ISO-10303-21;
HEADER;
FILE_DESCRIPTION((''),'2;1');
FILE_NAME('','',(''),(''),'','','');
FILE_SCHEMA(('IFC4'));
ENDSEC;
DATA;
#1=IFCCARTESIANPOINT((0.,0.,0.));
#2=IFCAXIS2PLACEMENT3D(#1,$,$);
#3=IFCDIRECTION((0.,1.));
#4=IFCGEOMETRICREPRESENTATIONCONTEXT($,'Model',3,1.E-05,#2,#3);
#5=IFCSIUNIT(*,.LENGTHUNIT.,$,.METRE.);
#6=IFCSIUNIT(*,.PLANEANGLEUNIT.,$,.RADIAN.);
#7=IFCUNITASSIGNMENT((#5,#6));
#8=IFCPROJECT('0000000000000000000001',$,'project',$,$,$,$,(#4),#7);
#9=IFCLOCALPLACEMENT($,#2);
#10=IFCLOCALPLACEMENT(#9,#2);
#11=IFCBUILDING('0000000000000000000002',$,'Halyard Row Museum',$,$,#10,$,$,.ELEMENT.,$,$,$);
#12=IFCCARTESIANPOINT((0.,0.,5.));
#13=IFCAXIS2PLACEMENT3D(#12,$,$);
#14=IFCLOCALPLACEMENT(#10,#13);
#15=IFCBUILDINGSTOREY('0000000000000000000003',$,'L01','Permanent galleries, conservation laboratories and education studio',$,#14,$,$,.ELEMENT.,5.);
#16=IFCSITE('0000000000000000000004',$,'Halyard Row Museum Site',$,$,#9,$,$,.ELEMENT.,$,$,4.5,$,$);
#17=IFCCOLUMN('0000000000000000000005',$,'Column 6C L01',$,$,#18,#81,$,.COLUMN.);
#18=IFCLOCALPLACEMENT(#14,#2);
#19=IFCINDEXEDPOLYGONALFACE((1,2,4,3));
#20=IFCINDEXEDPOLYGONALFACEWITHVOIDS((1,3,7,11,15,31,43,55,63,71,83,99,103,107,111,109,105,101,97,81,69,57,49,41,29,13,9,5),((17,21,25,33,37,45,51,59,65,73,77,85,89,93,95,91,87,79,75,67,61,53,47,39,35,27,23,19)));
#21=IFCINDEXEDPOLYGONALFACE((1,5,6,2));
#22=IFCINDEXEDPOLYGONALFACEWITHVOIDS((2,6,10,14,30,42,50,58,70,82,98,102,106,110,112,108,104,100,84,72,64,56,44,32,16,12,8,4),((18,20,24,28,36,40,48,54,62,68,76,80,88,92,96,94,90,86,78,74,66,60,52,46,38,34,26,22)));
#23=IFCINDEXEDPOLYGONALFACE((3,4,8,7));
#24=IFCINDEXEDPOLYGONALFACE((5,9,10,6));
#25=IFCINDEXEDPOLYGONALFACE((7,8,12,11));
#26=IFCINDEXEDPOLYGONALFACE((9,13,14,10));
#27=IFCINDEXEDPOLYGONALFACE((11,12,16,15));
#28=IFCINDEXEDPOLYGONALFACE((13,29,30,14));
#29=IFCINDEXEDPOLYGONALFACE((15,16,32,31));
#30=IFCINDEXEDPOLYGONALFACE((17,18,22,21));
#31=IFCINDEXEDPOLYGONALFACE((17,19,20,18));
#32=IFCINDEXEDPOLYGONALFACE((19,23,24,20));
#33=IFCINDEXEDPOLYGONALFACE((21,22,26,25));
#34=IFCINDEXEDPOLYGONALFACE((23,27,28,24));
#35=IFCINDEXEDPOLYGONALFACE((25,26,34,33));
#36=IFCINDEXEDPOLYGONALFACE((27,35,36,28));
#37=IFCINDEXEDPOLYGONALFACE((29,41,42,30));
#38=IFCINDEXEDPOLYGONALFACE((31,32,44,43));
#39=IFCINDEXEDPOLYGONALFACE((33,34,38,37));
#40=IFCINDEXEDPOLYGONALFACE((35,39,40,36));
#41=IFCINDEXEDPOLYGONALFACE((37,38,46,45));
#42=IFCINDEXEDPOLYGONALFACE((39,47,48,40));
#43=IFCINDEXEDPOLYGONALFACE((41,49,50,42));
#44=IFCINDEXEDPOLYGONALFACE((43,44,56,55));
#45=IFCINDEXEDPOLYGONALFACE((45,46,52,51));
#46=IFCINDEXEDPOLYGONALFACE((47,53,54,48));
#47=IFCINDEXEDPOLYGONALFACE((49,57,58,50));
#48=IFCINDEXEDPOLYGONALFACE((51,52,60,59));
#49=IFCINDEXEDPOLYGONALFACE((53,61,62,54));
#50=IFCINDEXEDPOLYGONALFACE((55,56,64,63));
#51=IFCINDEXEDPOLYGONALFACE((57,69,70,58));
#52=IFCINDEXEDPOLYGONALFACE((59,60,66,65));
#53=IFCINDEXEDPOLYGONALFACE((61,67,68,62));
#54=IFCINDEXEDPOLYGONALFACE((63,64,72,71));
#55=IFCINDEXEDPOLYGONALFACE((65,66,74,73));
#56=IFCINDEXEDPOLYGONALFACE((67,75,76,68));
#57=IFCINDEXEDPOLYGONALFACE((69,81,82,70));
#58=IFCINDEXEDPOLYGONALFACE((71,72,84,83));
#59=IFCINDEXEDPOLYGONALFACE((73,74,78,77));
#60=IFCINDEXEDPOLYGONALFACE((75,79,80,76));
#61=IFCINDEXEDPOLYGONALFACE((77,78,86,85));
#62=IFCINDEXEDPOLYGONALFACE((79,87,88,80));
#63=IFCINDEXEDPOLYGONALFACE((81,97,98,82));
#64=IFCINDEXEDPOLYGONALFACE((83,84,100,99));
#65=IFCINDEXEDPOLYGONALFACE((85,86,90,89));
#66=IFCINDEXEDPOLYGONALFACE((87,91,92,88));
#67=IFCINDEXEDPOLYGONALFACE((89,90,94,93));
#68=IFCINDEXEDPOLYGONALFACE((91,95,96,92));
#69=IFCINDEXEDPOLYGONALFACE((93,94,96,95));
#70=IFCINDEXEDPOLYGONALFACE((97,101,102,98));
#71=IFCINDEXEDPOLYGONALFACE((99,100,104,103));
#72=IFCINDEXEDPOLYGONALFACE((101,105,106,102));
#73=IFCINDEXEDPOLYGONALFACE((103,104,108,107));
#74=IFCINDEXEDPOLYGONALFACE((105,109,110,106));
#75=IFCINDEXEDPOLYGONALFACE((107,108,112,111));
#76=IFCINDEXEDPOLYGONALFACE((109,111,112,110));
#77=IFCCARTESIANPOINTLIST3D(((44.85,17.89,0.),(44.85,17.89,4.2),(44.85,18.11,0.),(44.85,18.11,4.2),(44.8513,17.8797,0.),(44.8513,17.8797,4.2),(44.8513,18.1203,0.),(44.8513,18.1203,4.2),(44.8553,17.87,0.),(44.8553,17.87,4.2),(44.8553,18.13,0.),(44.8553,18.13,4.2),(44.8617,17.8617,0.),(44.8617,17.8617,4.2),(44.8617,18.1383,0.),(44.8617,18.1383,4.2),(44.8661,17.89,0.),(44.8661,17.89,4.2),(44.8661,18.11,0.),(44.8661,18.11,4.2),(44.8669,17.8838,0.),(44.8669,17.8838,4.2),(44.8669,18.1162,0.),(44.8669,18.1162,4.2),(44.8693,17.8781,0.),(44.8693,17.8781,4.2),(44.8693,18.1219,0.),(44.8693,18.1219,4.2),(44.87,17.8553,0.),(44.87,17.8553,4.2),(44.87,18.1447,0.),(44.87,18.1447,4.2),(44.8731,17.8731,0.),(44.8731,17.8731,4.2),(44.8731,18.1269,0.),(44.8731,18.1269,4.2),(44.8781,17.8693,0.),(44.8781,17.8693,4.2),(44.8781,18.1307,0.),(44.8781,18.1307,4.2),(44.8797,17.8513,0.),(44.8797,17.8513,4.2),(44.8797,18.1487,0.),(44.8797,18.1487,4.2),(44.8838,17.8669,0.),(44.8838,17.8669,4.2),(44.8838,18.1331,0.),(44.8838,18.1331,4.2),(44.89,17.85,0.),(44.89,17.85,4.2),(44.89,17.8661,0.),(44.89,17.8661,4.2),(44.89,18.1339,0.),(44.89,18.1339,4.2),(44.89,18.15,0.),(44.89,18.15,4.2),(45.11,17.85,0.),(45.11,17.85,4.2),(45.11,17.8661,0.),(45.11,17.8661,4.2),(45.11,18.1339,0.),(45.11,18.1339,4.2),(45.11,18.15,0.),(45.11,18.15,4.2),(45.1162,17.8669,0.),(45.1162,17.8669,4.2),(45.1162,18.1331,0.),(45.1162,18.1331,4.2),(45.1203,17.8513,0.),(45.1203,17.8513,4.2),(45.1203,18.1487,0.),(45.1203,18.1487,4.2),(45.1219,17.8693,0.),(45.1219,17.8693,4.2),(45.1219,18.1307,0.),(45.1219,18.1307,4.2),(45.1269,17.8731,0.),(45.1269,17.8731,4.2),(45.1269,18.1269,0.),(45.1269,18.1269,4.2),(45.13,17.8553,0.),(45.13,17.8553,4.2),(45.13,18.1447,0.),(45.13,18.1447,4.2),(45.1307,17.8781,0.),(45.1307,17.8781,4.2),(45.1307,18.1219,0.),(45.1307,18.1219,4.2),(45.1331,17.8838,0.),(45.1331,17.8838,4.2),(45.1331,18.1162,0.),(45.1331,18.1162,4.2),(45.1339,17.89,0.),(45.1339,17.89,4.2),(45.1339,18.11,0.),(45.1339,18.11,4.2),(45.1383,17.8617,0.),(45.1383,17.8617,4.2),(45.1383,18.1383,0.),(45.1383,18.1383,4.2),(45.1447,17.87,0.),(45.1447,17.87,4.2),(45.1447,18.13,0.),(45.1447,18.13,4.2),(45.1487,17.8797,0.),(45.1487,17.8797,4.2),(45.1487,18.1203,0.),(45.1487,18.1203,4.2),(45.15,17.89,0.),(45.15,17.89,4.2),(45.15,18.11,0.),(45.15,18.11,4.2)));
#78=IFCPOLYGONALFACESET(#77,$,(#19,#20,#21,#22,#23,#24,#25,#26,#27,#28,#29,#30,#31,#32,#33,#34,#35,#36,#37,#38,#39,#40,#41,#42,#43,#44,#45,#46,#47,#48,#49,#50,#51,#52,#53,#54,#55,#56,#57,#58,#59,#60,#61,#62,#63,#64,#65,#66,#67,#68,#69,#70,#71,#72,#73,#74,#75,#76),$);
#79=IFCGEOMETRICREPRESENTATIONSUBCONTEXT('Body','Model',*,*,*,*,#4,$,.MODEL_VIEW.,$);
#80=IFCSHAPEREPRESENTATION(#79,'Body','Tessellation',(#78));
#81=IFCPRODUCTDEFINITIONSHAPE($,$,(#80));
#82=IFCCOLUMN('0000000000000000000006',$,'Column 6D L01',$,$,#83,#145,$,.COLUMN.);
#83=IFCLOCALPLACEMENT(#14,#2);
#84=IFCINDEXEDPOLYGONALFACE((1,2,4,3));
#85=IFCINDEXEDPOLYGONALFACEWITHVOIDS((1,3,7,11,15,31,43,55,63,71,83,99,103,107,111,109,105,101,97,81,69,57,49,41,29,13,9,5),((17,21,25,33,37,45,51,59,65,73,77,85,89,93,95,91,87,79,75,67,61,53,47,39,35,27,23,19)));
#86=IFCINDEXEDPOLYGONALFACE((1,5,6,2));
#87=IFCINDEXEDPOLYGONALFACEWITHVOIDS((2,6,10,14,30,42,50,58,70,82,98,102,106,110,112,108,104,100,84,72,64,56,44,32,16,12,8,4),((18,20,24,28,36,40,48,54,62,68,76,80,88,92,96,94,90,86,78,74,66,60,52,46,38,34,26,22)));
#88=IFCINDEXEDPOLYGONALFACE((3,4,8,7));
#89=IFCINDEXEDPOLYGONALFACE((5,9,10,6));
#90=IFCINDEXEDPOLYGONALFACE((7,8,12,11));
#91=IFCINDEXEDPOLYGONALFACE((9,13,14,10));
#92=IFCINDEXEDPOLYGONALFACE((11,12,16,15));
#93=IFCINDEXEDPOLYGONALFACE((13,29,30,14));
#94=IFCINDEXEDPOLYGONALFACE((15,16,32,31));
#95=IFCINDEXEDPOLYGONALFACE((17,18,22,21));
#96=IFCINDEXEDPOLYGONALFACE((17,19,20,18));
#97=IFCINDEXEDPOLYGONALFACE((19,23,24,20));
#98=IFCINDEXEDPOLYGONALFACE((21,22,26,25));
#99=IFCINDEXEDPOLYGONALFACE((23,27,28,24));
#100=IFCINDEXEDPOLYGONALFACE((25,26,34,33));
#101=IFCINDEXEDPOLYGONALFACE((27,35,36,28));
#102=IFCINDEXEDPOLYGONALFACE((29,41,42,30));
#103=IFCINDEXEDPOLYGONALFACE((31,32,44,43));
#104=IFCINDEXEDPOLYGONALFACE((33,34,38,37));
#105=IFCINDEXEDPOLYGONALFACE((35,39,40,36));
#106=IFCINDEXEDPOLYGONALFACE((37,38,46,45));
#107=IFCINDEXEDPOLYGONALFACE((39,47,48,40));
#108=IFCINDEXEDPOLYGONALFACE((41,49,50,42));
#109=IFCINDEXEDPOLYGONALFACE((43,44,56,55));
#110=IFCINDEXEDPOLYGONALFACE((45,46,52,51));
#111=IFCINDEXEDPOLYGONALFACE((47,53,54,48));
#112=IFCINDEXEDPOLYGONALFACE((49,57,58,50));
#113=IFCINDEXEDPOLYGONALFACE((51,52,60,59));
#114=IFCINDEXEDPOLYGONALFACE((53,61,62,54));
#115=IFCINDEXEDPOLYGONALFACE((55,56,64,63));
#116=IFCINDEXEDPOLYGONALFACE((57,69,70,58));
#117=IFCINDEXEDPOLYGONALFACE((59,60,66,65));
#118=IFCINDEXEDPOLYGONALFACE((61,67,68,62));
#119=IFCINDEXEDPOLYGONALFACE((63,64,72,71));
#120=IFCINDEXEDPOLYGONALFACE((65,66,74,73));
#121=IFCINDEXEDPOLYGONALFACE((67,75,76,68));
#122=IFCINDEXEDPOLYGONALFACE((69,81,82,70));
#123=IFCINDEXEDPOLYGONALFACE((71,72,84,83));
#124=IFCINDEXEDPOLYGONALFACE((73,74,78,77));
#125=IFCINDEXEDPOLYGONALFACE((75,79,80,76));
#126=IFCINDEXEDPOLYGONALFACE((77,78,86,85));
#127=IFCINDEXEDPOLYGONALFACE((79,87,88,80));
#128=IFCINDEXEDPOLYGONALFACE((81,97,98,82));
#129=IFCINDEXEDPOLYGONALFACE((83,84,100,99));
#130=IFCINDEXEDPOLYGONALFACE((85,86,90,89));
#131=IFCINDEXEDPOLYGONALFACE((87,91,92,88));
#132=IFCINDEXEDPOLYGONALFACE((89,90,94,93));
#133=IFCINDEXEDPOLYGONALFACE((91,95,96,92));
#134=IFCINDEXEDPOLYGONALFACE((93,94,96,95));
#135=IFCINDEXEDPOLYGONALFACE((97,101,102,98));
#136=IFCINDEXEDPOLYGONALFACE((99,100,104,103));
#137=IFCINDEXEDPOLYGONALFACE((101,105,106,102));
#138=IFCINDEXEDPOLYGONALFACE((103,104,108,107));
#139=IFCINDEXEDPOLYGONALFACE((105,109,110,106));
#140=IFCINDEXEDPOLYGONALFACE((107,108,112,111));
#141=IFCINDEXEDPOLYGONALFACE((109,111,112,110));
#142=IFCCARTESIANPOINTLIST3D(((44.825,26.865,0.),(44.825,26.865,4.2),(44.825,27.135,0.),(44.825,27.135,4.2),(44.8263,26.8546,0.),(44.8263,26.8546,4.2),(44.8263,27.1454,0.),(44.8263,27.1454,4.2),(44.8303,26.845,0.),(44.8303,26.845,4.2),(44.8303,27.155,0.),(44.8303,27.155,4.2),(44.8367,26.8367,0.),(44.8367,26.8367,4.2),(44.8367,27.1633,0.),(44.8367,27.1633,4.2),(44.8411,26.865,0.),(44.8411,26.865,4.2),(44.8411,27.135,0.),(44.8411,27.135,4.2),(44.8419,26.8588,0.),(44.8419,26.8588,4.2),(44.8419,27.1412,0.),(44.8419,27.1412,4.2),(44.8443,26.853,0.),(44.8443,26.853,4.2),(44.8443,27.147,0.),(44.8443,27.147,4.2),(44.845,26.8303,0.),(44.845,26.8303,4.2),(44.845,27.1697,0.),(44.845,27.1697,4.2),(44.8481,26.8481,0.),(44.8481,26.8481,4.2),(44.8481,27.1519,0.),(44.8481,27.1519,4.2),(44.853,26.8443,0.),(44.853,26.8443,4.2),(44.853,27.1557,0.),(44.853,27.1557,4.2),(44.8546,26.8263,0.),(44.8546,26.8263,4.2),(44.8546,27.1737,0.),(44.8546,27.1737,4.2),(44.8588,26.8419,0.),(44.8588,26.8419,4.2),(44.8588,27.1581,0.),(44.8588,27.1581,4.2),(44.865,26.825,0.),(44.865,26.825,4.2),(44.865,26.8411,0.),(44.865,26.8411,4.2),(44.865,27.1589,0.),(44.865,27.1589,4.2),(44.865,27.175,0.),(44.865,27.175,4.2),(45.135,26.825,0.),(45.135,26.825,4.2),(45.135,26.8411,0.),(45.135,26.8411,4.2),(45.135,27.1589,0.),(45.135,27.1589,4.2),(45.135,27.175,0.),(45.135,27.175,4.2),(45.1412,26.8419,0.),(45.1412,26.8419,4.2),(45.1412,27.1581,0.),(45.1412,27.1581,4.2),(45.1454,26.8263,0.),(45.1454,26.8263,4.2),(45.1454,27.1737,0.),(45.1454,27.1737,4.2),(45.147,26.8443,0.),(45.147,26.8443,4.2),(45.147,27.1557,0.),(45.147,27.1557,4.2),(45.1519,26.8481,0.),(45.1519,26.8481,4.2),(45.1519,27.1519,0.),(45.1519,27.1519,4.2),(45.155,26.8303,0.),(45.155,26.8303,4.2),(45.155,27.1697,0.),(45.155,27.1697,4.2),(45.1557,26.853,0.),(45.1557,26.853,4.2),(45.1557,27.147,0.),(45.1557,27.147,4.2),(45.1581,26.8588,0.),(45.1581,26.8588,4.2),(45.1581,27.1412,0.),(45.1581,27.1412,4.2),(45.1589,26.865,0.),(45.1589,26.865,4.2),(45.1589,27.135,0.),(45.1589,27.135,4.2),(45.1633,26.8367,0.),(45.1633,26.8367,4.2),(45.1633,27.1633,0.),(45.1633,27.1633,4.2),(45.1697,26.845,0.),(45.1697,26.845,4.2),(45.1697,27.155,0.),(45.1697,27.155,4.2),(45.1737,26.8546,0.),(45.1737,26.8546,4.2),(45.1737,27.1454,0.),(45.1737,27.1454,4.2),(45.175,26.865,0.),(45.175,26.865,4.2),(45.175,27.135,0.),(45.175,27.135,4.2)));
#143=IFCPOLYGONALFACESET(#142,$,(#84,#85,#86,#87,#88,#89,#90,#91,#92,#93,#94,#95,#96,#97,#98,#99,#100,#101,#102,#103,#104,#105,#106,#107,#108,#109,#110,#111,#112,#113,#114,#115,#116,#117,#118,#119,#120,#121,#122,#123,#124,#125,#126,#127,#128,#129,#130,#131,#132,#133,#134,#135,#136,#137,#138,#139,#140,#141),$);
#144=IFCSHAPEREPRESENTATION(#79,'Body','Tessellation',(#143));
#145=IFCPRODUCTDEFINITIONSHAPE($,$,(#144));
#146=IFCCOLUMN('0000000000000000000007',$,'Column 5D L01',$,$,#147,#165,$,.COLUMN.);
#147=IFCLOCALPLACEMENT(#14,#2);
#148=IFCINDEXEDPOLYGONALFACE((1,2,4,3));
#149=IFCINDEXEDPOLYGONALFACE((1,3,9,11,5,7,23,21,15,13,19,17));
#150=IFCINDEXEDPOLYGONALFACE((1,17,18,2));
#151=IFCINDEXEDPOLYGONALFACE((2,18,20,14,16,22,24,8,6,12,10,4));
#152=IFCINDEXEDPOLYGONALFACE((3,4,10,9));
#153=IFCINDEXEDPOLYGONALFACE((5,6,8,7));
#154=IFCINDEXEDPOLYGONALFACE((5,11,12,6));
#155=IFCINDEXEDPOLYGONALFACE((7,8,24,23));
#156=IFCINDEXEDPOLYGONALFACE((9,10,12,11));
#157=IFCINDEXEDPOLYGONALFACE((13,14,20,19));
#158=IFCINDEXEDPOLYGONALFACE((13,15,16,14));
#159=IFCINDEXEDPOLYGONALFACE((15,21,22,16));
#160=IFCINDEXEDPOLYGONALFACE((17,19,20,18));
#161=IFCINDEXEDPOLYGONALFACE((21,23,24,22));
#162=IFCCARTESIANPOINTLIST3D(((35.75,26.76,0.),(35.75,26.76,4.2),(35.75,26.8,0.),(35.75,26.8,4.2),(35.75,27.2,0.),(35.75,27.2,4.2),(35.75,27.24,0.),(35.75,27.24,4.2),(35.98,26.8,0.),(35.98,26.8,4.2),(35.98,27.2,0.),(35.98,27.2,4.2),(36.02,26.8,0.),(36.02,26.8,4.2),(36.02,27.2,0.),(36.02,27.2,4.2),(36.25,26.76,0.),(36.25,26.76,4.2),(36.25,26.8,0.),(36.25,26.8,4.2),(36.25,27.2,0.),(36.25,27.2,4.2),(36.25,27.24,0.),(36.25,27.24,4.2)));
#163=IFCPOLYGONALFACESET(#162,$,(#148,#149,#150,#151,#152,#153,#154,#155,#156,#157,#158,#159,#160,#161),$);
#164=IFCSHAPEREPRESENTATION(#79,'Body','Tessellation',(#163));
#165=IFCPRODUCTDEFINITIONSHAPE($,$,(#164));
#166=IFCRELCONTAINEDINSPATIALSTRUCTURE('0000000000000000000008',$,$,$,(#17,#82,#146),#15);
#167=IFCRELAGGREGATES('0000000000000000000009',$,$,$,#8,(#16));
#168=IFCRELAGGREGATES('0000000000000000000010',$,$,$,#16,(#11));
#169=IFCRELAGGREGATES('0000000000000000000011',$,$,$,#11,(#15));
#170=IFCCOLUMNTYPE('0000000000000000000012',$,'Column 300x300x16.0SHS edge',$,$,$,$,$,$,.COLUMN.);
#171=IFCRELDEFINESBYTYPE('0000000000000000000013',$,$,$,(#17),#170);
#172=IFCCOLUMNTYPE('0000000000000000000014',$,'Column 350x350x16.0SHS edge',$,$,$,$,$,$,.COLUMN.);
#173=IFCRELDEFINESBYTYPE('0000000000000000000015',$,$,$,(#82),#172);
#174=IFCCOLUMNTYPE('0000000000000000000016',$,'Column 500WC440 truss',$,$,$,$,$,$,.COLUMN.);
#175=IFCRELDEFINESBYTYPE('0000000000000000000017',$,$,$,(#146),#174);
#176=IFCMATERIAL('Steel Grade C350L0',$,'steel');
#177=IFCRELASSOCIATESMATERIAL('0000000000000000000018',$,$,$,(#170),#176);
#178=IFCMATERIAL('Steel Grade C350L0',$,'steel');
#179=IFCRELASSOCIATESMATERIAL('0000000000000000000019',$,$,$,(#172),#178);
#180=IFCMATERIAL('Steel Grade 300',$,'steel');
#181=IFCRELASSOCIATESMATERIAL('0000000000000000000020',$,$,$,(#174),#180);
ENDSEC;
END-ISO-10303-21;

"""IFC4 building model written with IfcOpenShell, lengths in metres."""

from ifc_helpers import new_model, si_unit, direction, frame, origin, origin_2d, place, context, subcontext, project, spatial, hollow_rectangle, i_section, extrude, material, material_profile, profile_set, type_object, element, save


model = new_model("IFC4")

# Units and contexts
model_context = context("Model", 3, precision=1e-05, world=origin(), true_north=direction((0.0, 1.0)))
body_context = subcontext(model_context, "Body", "Model", "MODEL_VIEW")
ifc_project = project(units=[si_unit("LENGTHUNIT", "METRE"), si_unit("PLANEANGLEUNIT", "RADIAN")], contexts=[model_context])

# Site, building, storey
site_placement = place(None, origin())
site = spatial("IfcSite", under=ifc_project, at=site_placement, Name="Halyard Row Museum Site", CompositionType="ELEMENT", RefElevation=4.5)
building_placement = place(site_placement, origin())
building = spatial("IfcBuilding", under=site, at=building_placement, Name="Halyard Row Museum", CompositionType="ELEMENT")
storey_placement = place(building_placement, frame((0.0, 0.0, 5.0)))
storey = spatial("IfcBuildingStorey", under=building, at=storey_placement, Name="L01", Description="Permanent galleries, conservation laboratories and education studio", CompositionType="ELEMENT", Elevation=5.0)

# Columns
ifc_material_1 = material(Name="Steel Grade C350L0", Category="steel")
ifc_material_profile_1 = material_profile(ifc_material_1, hollow_rectangle(XDim=0.3, YDim=0.3, WallThickness=0.0161, InnerFilletRadius=0.0239, OuterFilletRadius=0.04, at=origin_2d()), Name="300x300x16.0SHS")
ifc_profile_set_1 = profile_set([ifc_material_profile_1], Name="Steel Grade C350L0")
column_type_1 = type_object("IfcColumnType", Name="Column 300x300x16.0SHS edge", PredefinedType="COLUMN", material=ifc_profile_set_1)
column_1_placement = place(storey_placement, frame((45.0, 18.0, 0.0), z_axis=(0.0, 0.0, 1.0), x_axis=(1.0, 0.0, 0.0)))
element("IfcColumn", 1, at=column_1_placement, inside=storey, type_object=column_type_1, Name="Column 6C L01", PredefinedType="COLUMN", context=body_context, shape_type="SweptSolid", body=[
    extrude(hollow_rectangle(XDim=0.3, YDim=0.3, WallThickness=0.0161, InnerFilletRadius=0.0239, OuterFilletRadius=0.04, at=origin_2d()), origin(), (0.0, 0.0, 1.0), 4.2),
])
ifc_material_2 = material(Name="Steel Grade C350L0", Category="steel")
ifc_material_profile_2 = material_profile(ifc_material_2, hollow_rectangle(XDim=0.3501, YDim=0.3501, WallThickness=0.0161, InnerFilletRadius=0.0239, OuterFilletRadius=0.04, at=origin_2d()), Name="350x350x16.0SHS")
ifc_profile_set_2 = profile_set([ifc_material_profile_2], Name="Steel Grade C350L0")
column_type_2 = type_object("IfcColumnType", Name="Column 350x350x16.0SHS edge", PredefinedType="COLUMN", material=ifc_profile_set_2)
column_2_placement = place(storey_placement, frame((45.0, 27.0, 0.0), z_axis=(0.0, 0.0, 1.0), x_axis=(1.0, 0.0, 0.0)))
element("IfcColumn", 2, at=column_2_placement, inside=storey, type_object=column_type_2, Name="Column 6D L01", PredefinedType="COLUMN", context=body_context, shape_type="SweptSolid", body=[
    extrude(hollow_rectangle(XDim=0.3501, YDim=0.3501, WallThickness=0.0161, InnerFilletRadius=0.0239, OuterFilletRadius=0.04, at=origin_2d()), origin(), (0.0, 0.0, 1.0), 4.2),
])
ifc_material_3 = material(Name="Steel Grade 300", Category="steel")
ifc_material_profile_3 = material_profile(ifc_material_3, i_section(OverallWidth=0.5, OverallDepth=0.48, WebThickness=0.04, FlangeThickness=0.04, at=origin_2d()), Name="500WC440")
ifc_profile_set_3 = profile_set([ifc_material_profile_3], Name="Steel Grade 300")
column_type_3 = type_object("IfcColumnType", Name="Column 500WC440 truss", PredefinedType="COLUMN", material=ifc_profile_set_3)
column_3_placement = place(storey_placement, frame((36.0, 27.0, 0.0), z_axis=(0.0, 0.0, 1.0), x_axis=(1.0, 0.0, 0.0)))
element("IfcColumn", 3, at=column_3_placement, inside=storey, type_object=column_type_3, Name="Column 5D L01", PredefinedType="COLUMN", context=body_context, shape_type="SweptSolid", body=[
    extrude(i_section(OverallWidth=0.5, OverallDepth=0.48, WebThickness=0.04, FlangeThickness=0.04, at=origin_2d()), origin(), (0.0, 0.0, 1.0), 4.2),
])

save(model, "model.ifc")
